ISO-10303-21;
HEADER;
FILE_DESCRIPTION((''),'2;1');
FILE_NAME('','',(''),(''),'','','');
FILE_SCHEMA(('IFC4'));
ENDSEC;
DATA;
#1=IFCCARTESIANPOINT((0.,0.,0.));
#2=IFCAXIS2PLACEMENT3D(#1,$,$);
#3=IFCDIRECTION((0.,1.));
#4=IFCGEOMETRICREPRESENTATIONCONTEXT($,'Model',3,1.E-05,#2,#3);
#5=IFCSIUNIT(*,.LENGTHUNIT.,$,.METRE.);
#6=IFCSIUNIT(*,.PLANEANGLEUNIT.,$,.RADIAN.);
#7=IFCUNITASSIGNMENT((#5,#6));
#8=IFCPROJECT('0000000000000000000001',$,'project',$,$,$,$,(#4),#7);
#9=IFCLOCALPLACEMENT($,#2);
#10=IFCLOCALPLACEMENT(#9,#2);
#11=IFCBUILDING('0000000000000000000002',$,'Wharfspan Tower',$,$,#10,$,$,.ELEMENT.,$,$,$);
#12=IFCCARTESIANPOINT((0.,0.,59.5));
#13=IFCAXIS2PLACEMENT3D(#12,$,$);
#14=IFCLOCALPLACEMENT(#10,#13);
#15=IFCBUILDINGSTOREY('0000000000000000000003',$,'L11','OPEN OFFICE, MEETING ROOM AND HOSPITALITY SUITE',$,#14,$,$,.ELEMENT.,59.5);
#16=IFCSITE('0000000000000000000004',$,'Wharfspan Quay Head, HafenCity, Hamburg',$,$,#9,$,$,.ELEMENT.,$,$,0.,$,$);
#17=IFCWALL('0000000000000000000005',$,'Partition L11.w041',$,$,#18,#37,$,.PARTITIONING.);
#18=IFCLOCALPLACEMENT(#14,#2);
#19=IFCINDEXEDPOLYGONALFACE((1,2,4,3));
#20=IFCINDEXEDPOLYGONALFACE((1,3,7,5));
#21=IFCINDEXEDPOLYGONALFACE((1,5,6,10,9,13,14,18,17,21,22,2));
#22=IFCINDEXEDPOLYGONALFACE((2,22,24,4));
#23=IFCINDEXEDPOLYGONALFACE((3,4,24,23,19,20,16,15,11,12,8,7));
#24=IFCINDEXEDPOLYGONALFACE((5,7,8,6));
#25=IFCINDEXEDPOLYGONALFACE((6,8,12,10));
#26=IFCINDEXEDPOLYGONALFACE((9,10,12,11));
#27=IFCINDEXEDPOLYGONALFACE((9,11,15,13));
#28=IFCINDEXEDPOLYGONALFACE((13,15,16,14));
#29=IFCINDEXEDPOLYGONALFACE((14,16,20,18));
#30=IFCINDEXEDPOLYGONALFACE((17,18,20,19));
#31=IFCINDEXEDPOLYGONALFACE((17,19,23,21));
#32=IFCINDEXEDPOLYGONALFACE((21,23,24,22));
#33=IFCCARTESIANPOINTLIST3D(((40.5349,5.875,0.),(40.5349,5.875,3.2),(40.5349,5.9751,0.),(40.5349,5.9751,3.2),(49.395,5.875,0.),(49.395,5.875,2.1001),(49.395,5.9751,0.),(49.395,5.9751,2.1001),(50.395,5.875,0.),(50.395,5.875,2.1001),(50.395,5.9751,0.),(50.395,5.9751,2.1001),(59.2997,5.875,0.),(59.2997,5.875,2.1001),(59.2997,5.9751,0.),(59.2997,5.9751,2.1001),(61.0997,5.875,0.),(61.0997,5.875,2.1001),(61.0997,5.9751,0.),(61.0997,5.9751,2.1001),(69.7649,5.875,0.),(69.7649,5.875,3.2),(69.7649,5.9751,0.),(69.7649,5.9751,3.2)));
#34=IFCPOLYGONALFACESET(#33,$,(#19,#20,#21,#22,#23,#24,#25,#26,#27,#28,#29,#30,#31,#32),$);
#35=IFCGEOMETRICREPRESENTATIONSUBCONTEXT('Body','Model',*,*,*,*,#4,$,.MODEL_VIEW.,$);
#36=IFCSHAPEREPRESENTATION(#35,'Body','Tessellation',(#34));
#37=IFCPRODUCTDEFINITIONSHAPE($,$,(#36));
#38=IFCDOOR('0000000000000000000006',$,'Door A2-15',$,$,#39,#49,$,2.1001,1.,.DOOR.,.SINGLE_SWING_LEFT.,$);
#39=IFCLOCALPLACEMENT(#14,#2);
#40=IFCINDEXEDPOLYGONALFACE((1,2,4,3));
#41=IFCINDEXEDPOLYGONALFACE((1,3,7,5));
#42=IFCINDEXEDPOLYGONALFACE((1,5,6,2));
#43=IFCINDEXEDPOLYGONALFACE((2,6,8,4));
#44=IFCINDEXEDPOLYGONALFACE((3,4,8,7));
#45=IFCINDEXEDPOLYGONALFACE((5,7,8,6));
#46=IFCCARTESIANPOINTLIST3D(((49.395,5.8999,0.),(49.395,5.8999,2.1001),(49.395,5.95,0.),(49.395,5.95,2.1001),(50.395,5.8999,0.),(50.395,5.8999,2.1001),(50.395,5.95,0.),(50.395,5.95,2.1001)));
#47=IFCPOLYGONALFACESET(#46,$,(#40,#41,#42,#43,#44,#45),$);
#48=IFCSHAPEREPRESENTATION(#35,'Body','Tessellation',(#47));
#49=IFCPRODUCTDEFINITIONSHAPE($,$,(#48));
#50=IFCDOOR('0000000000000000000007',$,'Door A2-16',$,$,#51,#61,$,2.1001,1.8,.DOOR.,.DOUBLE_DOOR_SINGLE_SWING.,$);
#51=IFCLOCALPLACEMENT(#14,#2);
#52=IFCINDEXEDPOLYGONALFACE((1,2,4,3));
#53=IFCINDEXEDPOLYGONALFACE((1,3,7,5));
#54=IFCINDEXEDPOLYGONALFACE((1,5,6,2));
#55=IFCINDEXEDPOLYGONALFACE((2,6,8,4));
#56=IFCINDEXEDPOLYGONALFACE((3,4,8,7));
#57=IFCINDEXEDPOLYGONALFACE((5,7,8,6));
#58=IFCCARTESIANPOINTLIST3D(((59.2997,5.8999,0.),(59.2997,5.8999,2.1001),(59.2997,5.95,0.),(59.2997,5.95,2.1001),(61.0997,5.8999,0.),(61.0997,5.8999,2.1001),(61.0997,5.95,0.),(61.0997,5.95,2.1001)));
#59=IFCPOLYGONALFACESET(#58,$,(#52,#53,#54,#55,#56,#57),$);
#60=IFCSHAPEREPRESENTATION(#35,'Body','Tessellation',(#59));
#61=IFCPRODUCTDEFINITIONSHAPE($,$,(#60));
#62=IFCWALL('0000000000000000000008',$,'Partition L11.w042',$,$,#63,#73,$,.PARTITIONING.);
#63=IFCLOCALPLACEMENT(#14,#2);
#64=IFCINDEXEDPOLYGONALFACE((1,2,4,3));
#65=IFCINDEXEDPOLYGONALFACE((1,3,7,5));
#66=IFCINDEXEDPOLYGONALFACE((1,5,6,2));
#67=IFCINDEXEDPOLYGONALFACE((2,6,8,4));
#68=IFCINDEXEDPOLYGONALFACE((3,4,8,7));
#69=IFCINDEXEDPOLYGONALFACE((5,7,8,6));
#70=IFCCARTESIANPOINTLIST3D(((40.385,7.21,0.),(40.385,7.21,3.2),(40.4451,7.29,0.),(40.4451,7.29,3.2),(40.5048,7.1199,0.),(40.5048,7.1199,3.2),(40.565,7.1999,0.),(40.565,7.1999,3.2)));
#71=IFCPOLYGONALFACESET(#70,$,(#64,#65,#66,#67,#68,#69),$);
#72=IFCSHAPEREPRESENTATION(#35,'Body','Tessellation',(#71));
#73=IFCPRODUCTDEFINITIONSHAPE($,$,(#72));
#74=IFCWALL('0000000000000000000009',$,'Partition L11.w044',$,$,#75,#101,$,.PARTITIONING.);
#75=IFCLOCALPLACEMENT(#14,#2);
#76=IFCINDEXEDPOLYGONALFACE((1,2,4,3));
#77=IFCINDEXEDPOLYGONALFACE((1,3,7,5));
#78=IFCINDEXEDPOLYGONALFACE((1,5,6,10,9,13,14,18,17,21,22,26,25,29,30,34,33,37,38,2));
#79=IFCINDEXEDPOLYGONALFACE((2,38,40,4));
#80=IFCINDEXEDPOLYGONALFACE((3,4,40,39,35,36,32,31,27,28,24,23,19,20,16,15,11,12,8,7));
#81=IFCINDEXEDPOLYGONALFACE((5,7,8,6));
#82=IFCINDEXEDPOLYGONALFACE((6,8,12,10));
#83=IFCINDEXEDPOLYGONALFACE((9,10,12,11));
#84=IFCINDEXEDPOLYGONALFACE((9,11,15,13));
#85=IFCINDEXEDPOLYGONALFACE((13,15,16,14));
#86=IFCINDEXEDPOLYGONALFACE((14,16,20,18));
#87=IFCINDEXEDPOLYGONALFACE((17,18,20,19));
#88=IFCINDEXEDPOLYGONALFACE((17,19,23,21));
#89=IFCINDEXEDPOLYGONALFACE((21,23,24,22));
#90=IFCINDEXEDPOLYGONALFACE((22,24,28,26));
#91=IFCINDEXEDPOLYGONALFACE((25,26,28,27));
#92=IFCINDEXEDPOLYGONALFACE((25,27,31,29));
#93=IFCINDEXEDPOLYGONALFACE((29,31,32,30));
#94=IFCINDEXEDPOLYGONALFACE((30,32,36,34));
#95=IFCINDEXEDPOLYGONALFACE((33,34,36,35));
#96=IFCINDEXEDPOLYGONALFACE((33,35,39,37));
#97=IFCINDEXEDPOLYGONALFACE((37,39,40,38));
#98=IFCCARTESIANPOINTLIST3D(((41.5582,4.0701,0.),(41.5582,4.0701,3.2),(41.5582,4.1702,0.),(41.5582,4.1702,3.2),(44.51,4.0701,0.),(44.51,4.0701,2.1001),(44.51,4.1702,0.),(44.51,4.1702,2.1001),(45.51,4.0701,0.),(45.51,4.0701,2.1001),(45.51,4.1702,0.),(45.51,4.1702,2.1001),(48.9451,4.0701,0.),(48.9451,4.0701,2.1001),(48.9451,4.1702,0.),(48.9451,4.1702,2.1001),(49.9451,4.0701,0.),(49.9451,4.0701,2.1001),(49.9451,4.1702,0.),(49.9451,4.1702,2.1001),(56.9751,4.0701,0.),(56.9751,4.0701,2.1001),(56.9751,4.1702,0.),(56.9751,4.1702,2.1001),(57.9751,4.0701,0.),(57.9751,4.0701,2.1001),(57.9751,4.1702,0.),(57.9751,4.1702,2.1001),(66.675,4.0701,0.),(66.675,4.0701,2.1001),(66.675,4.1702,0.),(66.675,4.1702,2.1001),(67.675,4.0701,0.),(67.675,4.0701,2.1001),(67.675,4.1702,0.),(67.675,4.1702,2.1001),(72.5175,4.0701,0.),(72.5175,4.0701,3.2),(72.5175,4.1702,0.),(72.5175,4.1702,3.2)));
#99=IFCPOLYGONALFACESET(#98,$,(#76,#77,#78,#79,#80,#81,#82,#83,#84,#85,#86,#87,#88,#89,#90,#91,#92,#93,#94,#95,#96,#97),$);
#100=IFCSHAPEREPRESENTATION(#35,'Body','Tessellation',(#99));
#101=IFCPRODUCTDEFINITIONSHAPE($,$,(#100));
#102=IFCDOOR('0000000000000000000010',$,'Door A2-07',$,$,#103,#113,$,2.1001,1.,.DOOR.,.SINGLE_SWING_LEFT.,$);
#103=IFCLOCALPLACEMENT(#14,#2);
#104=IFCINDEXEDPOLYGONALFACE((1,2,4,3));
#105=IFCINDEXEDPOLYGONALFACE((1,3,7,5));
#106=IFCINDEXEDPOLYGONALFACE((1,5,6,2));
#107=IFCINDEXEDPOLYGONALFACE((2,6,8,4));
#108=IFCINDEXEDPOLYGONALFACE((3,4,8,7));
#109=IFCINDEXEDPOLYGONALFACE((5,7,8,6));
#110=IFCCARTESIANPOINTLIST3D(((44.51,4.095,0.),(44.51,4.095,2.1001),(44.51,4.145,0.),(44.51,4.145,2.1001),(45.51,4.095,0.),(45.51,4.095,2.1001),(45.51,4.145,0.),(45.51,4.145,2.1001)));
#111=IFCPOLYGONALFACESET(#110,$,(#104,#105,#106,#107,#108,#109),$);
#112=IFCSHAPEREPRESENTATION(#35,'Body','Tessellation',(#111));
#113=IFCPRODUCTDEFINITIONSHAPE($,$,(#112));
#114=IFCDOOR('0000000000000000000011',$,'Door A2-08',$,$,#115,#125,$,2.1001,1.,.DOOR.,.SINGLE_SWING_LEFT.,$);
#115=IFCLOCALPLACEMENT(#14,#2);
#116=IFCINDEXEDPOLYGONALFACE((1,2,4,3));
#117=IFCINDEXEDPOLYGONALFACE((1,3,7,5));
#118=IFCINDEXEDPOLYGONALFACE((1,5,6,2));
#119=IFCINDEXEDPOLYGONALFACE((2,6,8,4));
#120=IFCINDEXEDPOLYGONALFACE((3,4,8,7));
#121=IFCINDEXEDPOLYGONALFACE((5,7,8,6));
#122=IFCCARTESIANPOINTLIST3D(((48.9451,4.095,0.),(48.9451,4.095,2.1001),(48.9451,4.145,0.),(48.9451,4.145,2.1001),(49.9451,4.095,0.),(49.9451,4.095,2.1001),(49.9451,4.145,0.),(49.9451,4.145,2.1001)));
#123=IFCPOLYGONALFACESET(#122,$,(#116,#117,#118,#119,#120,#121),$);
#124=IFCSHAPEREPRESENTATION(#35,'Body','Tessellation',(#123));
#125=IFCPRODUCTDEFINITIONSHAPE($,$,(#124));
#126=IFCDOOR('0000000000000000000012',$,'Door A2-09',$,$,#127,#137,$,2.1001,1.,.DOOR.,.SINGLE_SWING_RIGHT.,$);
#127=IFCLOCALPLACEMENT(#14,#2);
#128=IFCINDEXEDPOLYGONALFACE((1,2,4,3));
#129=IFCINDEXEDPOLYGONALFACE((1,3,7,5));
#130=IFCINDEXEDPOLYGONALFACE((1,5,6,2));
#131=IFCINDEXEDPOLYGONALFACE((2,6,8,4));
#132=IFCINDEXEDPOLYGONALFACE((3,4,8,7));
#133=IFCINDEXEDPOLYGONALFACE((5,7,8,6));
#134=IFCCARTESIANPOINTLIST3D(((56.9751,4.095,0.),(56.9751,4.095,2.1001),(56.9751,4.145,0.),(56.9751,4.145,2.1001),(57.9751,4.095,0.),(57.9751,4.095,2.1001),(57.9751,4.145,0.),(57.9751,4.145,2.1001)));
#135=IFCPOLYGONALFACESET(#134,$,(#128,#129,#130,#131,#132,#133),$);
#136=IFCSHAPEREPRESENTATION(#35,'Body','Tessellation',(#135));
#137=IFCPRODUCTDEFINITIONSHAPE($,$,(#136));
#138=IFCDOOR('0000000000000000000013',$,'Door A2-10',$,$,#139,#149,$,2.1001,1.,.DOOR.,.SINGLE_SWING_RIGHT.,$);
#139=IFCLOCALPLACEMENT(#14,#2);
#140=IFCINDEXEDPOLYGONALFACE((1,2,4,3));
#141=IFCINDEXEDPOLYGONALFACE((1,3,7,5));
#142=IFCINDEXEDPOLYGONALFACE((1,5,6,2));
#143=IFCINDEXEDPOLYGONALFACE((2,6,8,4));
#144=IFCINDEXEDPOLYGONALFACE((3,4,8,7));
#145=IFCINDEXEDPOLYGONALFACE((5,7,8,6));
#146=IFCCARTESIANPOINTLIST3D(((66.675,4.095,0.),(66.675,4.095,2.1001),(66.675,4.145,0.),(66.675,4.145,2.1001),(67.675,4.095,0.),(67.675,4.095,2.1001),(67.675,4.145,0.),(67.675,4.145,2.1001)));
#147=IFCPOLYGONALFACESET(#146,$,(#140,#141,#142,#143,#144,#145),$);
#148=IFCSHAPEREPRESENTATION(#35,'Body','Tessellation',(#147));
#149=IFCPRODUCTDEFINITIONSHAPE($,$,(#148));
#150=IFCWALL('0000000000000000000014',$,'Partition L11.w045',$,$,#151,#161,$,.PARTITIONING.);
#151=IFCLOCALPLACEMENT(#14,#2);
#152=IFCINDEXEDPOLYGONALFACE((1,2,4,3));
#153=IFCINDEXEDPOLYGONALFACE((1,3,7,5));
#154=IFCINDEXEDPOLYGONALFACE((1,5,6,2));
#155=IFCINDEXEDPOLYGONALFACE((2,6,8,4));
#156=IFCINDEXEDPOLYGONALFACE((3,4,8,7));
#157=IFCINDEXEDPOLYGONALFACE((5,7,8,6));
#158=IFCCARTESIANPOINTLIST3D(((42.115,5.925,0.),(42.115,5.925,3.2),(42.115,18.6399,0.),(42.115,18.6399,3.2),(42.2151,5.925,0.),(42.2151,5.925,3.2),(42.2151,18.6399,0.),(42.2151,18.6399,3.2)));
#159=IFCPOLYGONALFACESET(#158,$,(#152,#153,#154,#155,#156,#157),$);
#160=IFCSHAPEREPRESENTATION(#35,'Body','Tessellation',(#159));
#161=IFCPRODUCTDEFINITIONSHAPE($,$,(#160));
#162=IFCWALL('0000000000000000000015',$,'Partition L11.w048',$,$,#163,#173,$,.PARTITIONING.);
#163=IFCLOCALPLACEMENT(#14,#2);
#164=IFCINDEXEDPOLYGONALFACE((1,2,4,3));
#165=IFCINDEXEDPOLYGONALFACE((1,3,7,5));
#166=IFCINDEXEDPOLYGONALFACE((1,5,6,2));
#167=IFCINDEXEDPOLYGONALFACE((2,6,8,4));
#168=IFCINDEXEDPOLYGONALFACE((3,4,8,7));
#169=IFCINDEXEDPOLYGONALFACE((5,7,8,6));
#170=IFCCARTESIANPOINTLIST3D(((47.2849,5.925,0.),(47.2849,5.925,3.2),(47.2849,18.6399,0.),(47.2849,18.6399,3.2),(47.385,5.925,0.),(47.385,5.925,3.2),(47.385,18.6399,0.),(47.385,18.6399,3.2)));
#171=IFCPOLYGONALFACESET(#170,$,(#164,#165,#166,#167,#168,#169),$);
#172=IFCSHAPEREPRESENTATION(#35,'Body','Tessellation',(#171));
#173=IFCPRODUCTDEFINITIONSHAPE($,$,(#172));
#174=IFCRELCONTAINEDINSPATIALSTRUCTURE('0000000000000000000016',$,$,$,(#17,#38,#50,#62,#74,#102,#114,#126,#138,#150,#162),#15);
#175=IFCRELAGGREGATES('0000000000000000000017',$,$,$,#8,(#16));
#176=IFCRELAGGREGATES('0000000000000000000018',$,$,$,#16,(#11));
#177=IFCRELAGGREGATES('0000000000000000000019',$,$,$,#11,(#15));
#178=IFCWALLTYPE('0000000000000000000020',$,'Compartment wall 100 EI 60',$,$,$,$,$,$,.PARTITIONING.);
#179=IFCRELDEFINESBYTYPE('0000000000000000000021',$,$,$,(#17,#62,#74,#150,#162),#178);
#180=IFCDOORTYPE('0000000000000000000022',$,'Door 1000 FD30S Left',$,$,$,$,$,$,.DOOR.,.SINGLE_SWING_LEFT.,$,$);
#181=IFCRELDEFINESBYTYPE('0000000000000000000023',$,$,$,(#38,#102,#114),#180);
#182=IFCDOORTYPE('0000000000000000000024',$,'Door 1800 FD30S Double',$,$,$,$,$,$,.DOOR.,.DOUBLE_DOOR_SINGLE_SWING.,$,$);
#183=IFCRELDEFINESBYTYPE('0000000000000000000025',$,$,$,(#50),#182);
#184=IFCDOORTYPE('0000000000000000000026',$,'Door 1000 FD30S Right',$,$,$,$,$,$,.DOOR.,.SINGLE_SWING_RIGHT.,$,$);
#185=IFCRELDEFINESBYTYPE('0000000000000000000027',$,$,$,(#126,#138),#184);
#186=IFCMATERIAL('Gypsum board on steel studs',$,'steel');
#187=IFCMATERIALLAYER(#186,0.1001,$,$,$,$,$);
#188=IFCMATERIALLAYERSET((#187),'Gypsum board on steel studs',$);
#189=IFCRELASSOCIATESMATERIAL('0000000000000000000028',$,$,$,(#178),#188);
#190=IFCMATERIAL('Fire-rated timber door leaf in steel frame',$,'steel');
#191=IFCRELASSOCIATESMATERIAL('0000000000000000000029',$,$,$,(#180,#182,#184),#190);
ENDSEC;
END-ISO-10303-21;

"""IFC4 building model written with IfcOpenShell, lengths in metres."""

from ifc_helpers import new_model, si_unit, direction, frame, frame_2d, origin, place, context, subcontext, project, spatial, rectangle, extrude, material, layer, layer_set, type_object, element, fill, save


model = new_model("IFC4")

# Units and contexts
model_context = context("Model", 3, precision=1e-05, world=origin(), true_north=direction((0.0, 1.0)))
body_context = subcontext(model_context, "Body", "Model", "MODEL_VIEW")
ifc_project = project(units=[si_unit("LENGTHUNIT", "METRE"), si_unit("PLANEANGLEUNIT", "RADIAN")], contexts=[model_context])

# Site, building, storey
site_placement = place(None, origin())
site = spatial("IfcSite", under=ifc_project, at=site_placement, Name="Wharfspan Quay Head, HafenCity, Hamburg", CompositionType="ELEMENT", RefElevation=0.0)
building_placement = place(site_placement, origin())
building = spatial("IfcBuilding", under=site, at=building_placement, Name="Wharfspan Tower", CompositionType="ELEMENT")
storey_placement = place(building_placement, frame((0.0, 0.0, 59.5)))
storey = spatial("IfcBuildingStorey", under=building, at=storey_placement, Name="L11", Description="OPEN OFFICE, MEETING ROOM AND HOSPITALITY SUITE", CompositionType="ELEMENT", Elevation=59.5)

# Shared definitions
ifc_material_1 = material(Name="Gypsum board on steel studs", Category="steel")
ifc_layer_1 = layer(ifc_material_1, 0.1001)
ifc_layer_set_1 = layer_set([ifc_layer_1], Name="Gypsum board on steel studs")
wall_type_1 = type_object("IfcWallType", Name="Compartment wall 100 EI 60", PredefinedType="PARTITIONING", material=ifc_layer_set_1)
ifc_material_2 = material(Name="Fire-rated timber door leaf in steel frame", Category="steel")
door_type_1 = type_object("IfcDoorType", Name="Door 1000 FD30S Left", OperationType="SINGLE_SWING_LEFT", PredefinedType="DOOR", material=ifc_material_2)

# Wall, openings, doors
wall_1_placement = place(storey_placement, frame((40.5349, 5.925, 0.0), z_axis=(0.0, 0.0, 1.0), x_axis=(1.0, 0.0, 0.0)))
wall_1 = element("IfcWall", 1, at=wall_1_placement, inside=storey, type_object=wall_type_1, Name="Partition L11.w041", PredefinedType="PARTITIONING", context=body_context, shape_type="SweptSolid", body=[
    extrude(rectangle(XDim=29.23, YDim=0.1001, at=frame_2d((14.615, 0.0))), origin(), (0.0, 0.0, 1.0), 3.2),
])
opening_1_placement = place(wall_1_placement, frame((8.8601, 0.0, 0.0)))
opening_1 = element("IfcOpeningElement", 2, at=opening_1_placement, cuts=wall_1, PredefinedType="OPENING", context=body_context, shape_type="SweptSolid", body=[
    extrude(rectangle(XDim=1.0, YDim=2.1001, at=frame_2d((0.5, 1.05))), frame((0.0, 0.0601, 0.0), z_axis=(0.0, -1.0, 0.0), x_axis=(1.0, 0.0, 0.0)), (0.0, 0.0, 1.0), 0.1201),
])
opening_2_placement = place(wall_1_placement, frame((18.7649, 0.0, 0.0)))
opening_2 = element("IfcOpeningElement", 3, at=opening_2_placement, cuts=wall_1, PredefinedType="OPENING", context=body_context, shape_type="SweptSolid", body=[
    extrude(rectangle(XDim=1.8, YDim=2.1001, at=frame_2d((0.8999, 1.05))), frame((0.0, 0.0601, 0.0), z_axis=(0.0, -1.0, 0.0), x_axis=(1.0, 0.0, 0.0)), (0.0, 0.0, 1.0), 0.1201),
])
door_1_placement = place(opening_1_placement, origin())
door_1 = element("IfcDoor", 4, at=door_1_placement, inside=storey, type_object=door_type_1, Name="Door A2-15", OperationType="SINGLE_SWING_LEFT", OverallHeight=2.1001, OverallWidth=1.0, PredefinedType="DOOR", context=body_context, shape_type="SweptSolid", body=[
    extrude(rectangle(XDim=1.0, YDim=2.1001, at=frame_2d((0.5, 1.05))), frame((0.0, 0.0249, 0.0), z_axis=(0.0, -1.0, 0.0), x_axis=(1.0, 0.0, 0.0)), (0.0, 0.0, 1.0), 0.05),
])
fill(opening_1, door_1)
door_type_2 = type_object("IfcDoorType", Name="Door 1800 FD30S Double", OperationType="DOUBLE_DOOR_SINGLE_SWING", PredefinedType="DOOR", material=ifc_material_2)
door_2_placement = place(opening_2_placement, origin())
door_2 = element("IfcDoor", 5, at=door_2_placement, inside=storey, type_object=door_type_2, Name="Door A2-16", OperationType="DOUBLE_DOOR_SINGLE_SWING", OverallHeight=2.1001, OverallWidth=1.8, PredefinedType="DOOR", context=body_context, shape_type="SweptSolid", body=[
    extrude(rectangle(XDim=1.8, YDim=2.1001, at=frame_2d((0.8999, 1.05))), frame((0.0, 0.0249, 0.0), z_axis=(0.0, -1.0, 0.0), x_axis=(1.0, 0.0, 0.0)), (0.0, 0.0, 1.0), 0.05),
])
fill(opening_2, door_2)

# Wall
wall_2_placement = place(storey_placement, frame((40.5349, 7.1599, 0.0), z_axis=(0.0, 0.0, 1.0), x_axis=(-0.799412, 0.60078, 0.0)))
element("IfcWall", 6, at=wall_2_placement, inside=storey, type_object=wall_type_1, Name="Partition L11.w042", PredefinedType="PARTITIONING", context=body_context, shape_type="SweptSolid", body=[
    extrude(rectangle(XDim=0.1499, YDim=0.1001, at=frame_2d((0.075, 0.0))), origin(), (0.0, 0.0, 1.0), 3.2),
])

# Wall, openings, doors
wall_3_placement = place(storey_placement, frame((41.5583, 4.1201, 0.0), z_axis=(0.0, 0.0, 1.0), x_axis=(1.0, 0.0, 0.0)))
wall_3 = element("IfcWall", 7, at=wall_3_placement, inside=storey, type_object=wall_type_1, Name="Partition L11.w044", PredefinedType="PARTITIONING", context=body_context, shape_type="SweptSolid", body=[
    extrude(rectangle(XDim=30.9592, YDim=0.1001, at=frame_2d((15.4795, 0.0))), origin(), (0.0, 0.0, 1.0), 3.2),
])
opening_3_placement = place(wall_3_placement, frame((2.9517, 0.0, 0.0)))
opening_3 = element("IfcOpeningElement", 8, at=opening_3_placement, cuts=wall_3, PredefinedType="OPENING", context=body_context, shape_type="SweptSolid", body=[
    extrude(rectangle(XDim=1.0, YDim=2.1001, at=frame_2d((0.5, 1.05))), frame((0.0, 0.0601, 0.0), z_axis=(0.0, -1.0, 0.0), x_axis=(1.0, 0.0, 0.0)), (0.0, 0.0, 1.0), 0.1201),
])
opening_4_placement = place(wall_3_placement, frame((7.3867, 0.0, 0.0)))
opening_4 = element("IfcOpeningElement", 9, at=opening_4_placement, cuts=wall_3, PredefinedType="OPENING", context=body_context, shape_type="SweptSolid", body=[
    extrude(rectangle(XDim=1.0, YDim=2.1001, at=frame_2d((0.5, 1.05))), frame((0.0, 0.0601, 0.0), z_axis=(0.0, -1.0, 0.0), x_axis=(1.0, 0.0, 0.0)), (0.0, 0.0, 1.0), 0.1201),
])
opening_5_placement = place(wall_3_placement, frame((15.4167, 0.0, 0.0)))
opening_5 = element("IfcOpeningElement", 10, at=opening_5_placement, cuts=wall_3, PredefinedType="OPENING", context=body_context, shape_type="SweptSolid", body=[
    extrude(rectangle(XDim=1.0, YDim=2.1001, at=frame_2d((0.5, 1.05))), frame((0.0, 0.0601, 0.0), z_axis=(0.0, -1.0, 0.0), x_axis=(1.0, 0.0, 0.0)), (0.0, 0.0, 1.0), 0.1201),
])
opening_6_placement = place(wall_3_placement, frame((25.1167, 0.0, 0.0)))
opening_6 = element("IfcOpeningElement", 11, at=opening_6_placement, cuts=wall_3, PredefinedType="OPENING", context=body_context, shape_type="SweptSolid", body=[
    extrude(rectangle(XDim=1.0, YDim=2.1001, at=frame_2d((0.5, 1.05))), frame((0.0, 0.0601, 0.0), z_axis=(0.0, -1.0, 0.0), x_axis=(1.0, 0.0, 0.0)), (0.0, 0.0, 1.0), 0.1201),
])
door_3_placement = place(opening_3_placement, origin())
door_3 = element("IfcDoor", 12, at=door_3_placement, inside=storey, type_object=door_type_1, Name="Door A2-07", OperationType="SINGLE_SWING_LEFT", OverallHeight=2.1001, OverallWidth=1.0, PredefinedType="DOOR", context=body_context, shape_type="SweptSolid", body=[
    extrude(rectangle(XDim=1.0, YDim=2.1001, at=frame_2d((0.5, 1.05))), frame((0.0, 0.0249, 0.0), z_axis=(0.0, -1.0, 0.0), x_axis=(1.0, 0.0, 0.0)), (0.0, 0.0, 1.0), 0.05),
])
fill(opening_3, door_3)
door_4_placement = place(opening_4_placement, origin())
door_4 = element("IfcDoor", 13, at=door_4_placement, inside=storey, type_object=door_type_1, Name="Door A2-08", OperationType="SINGLE_SWING_LEFT", OverallHeight=2.1001, OverallWidth=1.0, PredefinedType="DOOR", context=body_context, shape_type="SweptSolid", body=[
    extrude(rectangle(XDim=1.0, YDim=2.1001, at=frame_2d((0.5, 1.05))), frame((0.0, 0.0249, 0.0), z_axis=(0.0, -1.0, 0.0), x_axis=(1.0, 0.0, 0.0)), (0.0, 0.0, 1.0), 0.05),
])
fill(opening_4, door_4)
door_type_3 = type_object("IfcDoorType", Name="Door 1000 FD30S Right", OperationType="SINGLE_SWING_RIGHT", PredefinedType="DOOR", material=ifc_material_2)
door_5_placement = place(opening_5_placement, origin())
door_5 = element("IfcDoor", 14, at=door_5_placement, inside=storey, type_object=door_type_3, Name="Door A2-09", OperationType="SINGLE_SWING_RIGHT", OverallHeight=2.1001, OverallWidth=1.0, PredefinedType="DOOR", context=body_context, shape_type="SweptSolid", body=[
    extrude(rectangle(XDim=1.0, YDim=2.1001, at=frame_2d((0.5, 1.05))), frame((0.0, 0.0249, 0.0), z_axis=(0.0, -1.0, 0.0), x_axis=(1.0, 0.0, 0.0)), (0.0, 0.0, 1.0), 0.05),
])
fill(opening_5, door_5)
door_6_placement = place(opening_6_placement, origin())
door_6 = element("IfcDoor", 15, at=door_6_placement, inside=storey, type_object=door_type_3, Name="Door A2-10", OperationType="SINGLE_SWING_RIGHT", OverallHeight=2.1001, OverallWidth=1.0, PredefinedType="DOOR", context=body_context, shape_type="SweptSolid", body=[
    extrude(rectangle(XDim=1.0, YDim=2.1001, at=frame_2d((0.5, 1.05))), frame((0.0, 0.0249, 0.0), z_axis=(0.0, -1.0, 0.0), x_axis=(1.0, 0.0, 0.0)), (0.0, 0.0, 1.0), 0.05),
])
fill(opening_6, door_6)

# Walls
for number, where, z_axis, x_axis, name in (
    (16, (42.165, 5.925, 0.0), (0.0, 0.0, 1.0), (0.0, 1.0, 0.0), "Partition L11.w045"),
    (17, (47.335, 5.925, 0.0), (0.0, 0.0, 1.0), (0.0, 1.0, 0.0), "Partition L11.w048"),
):
    element("IfcWall", number, at=place(storey_placement, frame(where, z_axis=z_axis, x_axis=x_axis)), inside=storey, type_object=wall_type_1, Name=name, PredefinedType="PARTITIONING", context=body_context, shape_type="SweptSolid", body=[
        extrude(rectangle(XDim=12.7148, YDim=0.1001, at=frame_2d((6.3574, 0.0))), origin(), (0.0, 0.0, 1.0), 3.2),
    ])

save(model, "model.ifc")
